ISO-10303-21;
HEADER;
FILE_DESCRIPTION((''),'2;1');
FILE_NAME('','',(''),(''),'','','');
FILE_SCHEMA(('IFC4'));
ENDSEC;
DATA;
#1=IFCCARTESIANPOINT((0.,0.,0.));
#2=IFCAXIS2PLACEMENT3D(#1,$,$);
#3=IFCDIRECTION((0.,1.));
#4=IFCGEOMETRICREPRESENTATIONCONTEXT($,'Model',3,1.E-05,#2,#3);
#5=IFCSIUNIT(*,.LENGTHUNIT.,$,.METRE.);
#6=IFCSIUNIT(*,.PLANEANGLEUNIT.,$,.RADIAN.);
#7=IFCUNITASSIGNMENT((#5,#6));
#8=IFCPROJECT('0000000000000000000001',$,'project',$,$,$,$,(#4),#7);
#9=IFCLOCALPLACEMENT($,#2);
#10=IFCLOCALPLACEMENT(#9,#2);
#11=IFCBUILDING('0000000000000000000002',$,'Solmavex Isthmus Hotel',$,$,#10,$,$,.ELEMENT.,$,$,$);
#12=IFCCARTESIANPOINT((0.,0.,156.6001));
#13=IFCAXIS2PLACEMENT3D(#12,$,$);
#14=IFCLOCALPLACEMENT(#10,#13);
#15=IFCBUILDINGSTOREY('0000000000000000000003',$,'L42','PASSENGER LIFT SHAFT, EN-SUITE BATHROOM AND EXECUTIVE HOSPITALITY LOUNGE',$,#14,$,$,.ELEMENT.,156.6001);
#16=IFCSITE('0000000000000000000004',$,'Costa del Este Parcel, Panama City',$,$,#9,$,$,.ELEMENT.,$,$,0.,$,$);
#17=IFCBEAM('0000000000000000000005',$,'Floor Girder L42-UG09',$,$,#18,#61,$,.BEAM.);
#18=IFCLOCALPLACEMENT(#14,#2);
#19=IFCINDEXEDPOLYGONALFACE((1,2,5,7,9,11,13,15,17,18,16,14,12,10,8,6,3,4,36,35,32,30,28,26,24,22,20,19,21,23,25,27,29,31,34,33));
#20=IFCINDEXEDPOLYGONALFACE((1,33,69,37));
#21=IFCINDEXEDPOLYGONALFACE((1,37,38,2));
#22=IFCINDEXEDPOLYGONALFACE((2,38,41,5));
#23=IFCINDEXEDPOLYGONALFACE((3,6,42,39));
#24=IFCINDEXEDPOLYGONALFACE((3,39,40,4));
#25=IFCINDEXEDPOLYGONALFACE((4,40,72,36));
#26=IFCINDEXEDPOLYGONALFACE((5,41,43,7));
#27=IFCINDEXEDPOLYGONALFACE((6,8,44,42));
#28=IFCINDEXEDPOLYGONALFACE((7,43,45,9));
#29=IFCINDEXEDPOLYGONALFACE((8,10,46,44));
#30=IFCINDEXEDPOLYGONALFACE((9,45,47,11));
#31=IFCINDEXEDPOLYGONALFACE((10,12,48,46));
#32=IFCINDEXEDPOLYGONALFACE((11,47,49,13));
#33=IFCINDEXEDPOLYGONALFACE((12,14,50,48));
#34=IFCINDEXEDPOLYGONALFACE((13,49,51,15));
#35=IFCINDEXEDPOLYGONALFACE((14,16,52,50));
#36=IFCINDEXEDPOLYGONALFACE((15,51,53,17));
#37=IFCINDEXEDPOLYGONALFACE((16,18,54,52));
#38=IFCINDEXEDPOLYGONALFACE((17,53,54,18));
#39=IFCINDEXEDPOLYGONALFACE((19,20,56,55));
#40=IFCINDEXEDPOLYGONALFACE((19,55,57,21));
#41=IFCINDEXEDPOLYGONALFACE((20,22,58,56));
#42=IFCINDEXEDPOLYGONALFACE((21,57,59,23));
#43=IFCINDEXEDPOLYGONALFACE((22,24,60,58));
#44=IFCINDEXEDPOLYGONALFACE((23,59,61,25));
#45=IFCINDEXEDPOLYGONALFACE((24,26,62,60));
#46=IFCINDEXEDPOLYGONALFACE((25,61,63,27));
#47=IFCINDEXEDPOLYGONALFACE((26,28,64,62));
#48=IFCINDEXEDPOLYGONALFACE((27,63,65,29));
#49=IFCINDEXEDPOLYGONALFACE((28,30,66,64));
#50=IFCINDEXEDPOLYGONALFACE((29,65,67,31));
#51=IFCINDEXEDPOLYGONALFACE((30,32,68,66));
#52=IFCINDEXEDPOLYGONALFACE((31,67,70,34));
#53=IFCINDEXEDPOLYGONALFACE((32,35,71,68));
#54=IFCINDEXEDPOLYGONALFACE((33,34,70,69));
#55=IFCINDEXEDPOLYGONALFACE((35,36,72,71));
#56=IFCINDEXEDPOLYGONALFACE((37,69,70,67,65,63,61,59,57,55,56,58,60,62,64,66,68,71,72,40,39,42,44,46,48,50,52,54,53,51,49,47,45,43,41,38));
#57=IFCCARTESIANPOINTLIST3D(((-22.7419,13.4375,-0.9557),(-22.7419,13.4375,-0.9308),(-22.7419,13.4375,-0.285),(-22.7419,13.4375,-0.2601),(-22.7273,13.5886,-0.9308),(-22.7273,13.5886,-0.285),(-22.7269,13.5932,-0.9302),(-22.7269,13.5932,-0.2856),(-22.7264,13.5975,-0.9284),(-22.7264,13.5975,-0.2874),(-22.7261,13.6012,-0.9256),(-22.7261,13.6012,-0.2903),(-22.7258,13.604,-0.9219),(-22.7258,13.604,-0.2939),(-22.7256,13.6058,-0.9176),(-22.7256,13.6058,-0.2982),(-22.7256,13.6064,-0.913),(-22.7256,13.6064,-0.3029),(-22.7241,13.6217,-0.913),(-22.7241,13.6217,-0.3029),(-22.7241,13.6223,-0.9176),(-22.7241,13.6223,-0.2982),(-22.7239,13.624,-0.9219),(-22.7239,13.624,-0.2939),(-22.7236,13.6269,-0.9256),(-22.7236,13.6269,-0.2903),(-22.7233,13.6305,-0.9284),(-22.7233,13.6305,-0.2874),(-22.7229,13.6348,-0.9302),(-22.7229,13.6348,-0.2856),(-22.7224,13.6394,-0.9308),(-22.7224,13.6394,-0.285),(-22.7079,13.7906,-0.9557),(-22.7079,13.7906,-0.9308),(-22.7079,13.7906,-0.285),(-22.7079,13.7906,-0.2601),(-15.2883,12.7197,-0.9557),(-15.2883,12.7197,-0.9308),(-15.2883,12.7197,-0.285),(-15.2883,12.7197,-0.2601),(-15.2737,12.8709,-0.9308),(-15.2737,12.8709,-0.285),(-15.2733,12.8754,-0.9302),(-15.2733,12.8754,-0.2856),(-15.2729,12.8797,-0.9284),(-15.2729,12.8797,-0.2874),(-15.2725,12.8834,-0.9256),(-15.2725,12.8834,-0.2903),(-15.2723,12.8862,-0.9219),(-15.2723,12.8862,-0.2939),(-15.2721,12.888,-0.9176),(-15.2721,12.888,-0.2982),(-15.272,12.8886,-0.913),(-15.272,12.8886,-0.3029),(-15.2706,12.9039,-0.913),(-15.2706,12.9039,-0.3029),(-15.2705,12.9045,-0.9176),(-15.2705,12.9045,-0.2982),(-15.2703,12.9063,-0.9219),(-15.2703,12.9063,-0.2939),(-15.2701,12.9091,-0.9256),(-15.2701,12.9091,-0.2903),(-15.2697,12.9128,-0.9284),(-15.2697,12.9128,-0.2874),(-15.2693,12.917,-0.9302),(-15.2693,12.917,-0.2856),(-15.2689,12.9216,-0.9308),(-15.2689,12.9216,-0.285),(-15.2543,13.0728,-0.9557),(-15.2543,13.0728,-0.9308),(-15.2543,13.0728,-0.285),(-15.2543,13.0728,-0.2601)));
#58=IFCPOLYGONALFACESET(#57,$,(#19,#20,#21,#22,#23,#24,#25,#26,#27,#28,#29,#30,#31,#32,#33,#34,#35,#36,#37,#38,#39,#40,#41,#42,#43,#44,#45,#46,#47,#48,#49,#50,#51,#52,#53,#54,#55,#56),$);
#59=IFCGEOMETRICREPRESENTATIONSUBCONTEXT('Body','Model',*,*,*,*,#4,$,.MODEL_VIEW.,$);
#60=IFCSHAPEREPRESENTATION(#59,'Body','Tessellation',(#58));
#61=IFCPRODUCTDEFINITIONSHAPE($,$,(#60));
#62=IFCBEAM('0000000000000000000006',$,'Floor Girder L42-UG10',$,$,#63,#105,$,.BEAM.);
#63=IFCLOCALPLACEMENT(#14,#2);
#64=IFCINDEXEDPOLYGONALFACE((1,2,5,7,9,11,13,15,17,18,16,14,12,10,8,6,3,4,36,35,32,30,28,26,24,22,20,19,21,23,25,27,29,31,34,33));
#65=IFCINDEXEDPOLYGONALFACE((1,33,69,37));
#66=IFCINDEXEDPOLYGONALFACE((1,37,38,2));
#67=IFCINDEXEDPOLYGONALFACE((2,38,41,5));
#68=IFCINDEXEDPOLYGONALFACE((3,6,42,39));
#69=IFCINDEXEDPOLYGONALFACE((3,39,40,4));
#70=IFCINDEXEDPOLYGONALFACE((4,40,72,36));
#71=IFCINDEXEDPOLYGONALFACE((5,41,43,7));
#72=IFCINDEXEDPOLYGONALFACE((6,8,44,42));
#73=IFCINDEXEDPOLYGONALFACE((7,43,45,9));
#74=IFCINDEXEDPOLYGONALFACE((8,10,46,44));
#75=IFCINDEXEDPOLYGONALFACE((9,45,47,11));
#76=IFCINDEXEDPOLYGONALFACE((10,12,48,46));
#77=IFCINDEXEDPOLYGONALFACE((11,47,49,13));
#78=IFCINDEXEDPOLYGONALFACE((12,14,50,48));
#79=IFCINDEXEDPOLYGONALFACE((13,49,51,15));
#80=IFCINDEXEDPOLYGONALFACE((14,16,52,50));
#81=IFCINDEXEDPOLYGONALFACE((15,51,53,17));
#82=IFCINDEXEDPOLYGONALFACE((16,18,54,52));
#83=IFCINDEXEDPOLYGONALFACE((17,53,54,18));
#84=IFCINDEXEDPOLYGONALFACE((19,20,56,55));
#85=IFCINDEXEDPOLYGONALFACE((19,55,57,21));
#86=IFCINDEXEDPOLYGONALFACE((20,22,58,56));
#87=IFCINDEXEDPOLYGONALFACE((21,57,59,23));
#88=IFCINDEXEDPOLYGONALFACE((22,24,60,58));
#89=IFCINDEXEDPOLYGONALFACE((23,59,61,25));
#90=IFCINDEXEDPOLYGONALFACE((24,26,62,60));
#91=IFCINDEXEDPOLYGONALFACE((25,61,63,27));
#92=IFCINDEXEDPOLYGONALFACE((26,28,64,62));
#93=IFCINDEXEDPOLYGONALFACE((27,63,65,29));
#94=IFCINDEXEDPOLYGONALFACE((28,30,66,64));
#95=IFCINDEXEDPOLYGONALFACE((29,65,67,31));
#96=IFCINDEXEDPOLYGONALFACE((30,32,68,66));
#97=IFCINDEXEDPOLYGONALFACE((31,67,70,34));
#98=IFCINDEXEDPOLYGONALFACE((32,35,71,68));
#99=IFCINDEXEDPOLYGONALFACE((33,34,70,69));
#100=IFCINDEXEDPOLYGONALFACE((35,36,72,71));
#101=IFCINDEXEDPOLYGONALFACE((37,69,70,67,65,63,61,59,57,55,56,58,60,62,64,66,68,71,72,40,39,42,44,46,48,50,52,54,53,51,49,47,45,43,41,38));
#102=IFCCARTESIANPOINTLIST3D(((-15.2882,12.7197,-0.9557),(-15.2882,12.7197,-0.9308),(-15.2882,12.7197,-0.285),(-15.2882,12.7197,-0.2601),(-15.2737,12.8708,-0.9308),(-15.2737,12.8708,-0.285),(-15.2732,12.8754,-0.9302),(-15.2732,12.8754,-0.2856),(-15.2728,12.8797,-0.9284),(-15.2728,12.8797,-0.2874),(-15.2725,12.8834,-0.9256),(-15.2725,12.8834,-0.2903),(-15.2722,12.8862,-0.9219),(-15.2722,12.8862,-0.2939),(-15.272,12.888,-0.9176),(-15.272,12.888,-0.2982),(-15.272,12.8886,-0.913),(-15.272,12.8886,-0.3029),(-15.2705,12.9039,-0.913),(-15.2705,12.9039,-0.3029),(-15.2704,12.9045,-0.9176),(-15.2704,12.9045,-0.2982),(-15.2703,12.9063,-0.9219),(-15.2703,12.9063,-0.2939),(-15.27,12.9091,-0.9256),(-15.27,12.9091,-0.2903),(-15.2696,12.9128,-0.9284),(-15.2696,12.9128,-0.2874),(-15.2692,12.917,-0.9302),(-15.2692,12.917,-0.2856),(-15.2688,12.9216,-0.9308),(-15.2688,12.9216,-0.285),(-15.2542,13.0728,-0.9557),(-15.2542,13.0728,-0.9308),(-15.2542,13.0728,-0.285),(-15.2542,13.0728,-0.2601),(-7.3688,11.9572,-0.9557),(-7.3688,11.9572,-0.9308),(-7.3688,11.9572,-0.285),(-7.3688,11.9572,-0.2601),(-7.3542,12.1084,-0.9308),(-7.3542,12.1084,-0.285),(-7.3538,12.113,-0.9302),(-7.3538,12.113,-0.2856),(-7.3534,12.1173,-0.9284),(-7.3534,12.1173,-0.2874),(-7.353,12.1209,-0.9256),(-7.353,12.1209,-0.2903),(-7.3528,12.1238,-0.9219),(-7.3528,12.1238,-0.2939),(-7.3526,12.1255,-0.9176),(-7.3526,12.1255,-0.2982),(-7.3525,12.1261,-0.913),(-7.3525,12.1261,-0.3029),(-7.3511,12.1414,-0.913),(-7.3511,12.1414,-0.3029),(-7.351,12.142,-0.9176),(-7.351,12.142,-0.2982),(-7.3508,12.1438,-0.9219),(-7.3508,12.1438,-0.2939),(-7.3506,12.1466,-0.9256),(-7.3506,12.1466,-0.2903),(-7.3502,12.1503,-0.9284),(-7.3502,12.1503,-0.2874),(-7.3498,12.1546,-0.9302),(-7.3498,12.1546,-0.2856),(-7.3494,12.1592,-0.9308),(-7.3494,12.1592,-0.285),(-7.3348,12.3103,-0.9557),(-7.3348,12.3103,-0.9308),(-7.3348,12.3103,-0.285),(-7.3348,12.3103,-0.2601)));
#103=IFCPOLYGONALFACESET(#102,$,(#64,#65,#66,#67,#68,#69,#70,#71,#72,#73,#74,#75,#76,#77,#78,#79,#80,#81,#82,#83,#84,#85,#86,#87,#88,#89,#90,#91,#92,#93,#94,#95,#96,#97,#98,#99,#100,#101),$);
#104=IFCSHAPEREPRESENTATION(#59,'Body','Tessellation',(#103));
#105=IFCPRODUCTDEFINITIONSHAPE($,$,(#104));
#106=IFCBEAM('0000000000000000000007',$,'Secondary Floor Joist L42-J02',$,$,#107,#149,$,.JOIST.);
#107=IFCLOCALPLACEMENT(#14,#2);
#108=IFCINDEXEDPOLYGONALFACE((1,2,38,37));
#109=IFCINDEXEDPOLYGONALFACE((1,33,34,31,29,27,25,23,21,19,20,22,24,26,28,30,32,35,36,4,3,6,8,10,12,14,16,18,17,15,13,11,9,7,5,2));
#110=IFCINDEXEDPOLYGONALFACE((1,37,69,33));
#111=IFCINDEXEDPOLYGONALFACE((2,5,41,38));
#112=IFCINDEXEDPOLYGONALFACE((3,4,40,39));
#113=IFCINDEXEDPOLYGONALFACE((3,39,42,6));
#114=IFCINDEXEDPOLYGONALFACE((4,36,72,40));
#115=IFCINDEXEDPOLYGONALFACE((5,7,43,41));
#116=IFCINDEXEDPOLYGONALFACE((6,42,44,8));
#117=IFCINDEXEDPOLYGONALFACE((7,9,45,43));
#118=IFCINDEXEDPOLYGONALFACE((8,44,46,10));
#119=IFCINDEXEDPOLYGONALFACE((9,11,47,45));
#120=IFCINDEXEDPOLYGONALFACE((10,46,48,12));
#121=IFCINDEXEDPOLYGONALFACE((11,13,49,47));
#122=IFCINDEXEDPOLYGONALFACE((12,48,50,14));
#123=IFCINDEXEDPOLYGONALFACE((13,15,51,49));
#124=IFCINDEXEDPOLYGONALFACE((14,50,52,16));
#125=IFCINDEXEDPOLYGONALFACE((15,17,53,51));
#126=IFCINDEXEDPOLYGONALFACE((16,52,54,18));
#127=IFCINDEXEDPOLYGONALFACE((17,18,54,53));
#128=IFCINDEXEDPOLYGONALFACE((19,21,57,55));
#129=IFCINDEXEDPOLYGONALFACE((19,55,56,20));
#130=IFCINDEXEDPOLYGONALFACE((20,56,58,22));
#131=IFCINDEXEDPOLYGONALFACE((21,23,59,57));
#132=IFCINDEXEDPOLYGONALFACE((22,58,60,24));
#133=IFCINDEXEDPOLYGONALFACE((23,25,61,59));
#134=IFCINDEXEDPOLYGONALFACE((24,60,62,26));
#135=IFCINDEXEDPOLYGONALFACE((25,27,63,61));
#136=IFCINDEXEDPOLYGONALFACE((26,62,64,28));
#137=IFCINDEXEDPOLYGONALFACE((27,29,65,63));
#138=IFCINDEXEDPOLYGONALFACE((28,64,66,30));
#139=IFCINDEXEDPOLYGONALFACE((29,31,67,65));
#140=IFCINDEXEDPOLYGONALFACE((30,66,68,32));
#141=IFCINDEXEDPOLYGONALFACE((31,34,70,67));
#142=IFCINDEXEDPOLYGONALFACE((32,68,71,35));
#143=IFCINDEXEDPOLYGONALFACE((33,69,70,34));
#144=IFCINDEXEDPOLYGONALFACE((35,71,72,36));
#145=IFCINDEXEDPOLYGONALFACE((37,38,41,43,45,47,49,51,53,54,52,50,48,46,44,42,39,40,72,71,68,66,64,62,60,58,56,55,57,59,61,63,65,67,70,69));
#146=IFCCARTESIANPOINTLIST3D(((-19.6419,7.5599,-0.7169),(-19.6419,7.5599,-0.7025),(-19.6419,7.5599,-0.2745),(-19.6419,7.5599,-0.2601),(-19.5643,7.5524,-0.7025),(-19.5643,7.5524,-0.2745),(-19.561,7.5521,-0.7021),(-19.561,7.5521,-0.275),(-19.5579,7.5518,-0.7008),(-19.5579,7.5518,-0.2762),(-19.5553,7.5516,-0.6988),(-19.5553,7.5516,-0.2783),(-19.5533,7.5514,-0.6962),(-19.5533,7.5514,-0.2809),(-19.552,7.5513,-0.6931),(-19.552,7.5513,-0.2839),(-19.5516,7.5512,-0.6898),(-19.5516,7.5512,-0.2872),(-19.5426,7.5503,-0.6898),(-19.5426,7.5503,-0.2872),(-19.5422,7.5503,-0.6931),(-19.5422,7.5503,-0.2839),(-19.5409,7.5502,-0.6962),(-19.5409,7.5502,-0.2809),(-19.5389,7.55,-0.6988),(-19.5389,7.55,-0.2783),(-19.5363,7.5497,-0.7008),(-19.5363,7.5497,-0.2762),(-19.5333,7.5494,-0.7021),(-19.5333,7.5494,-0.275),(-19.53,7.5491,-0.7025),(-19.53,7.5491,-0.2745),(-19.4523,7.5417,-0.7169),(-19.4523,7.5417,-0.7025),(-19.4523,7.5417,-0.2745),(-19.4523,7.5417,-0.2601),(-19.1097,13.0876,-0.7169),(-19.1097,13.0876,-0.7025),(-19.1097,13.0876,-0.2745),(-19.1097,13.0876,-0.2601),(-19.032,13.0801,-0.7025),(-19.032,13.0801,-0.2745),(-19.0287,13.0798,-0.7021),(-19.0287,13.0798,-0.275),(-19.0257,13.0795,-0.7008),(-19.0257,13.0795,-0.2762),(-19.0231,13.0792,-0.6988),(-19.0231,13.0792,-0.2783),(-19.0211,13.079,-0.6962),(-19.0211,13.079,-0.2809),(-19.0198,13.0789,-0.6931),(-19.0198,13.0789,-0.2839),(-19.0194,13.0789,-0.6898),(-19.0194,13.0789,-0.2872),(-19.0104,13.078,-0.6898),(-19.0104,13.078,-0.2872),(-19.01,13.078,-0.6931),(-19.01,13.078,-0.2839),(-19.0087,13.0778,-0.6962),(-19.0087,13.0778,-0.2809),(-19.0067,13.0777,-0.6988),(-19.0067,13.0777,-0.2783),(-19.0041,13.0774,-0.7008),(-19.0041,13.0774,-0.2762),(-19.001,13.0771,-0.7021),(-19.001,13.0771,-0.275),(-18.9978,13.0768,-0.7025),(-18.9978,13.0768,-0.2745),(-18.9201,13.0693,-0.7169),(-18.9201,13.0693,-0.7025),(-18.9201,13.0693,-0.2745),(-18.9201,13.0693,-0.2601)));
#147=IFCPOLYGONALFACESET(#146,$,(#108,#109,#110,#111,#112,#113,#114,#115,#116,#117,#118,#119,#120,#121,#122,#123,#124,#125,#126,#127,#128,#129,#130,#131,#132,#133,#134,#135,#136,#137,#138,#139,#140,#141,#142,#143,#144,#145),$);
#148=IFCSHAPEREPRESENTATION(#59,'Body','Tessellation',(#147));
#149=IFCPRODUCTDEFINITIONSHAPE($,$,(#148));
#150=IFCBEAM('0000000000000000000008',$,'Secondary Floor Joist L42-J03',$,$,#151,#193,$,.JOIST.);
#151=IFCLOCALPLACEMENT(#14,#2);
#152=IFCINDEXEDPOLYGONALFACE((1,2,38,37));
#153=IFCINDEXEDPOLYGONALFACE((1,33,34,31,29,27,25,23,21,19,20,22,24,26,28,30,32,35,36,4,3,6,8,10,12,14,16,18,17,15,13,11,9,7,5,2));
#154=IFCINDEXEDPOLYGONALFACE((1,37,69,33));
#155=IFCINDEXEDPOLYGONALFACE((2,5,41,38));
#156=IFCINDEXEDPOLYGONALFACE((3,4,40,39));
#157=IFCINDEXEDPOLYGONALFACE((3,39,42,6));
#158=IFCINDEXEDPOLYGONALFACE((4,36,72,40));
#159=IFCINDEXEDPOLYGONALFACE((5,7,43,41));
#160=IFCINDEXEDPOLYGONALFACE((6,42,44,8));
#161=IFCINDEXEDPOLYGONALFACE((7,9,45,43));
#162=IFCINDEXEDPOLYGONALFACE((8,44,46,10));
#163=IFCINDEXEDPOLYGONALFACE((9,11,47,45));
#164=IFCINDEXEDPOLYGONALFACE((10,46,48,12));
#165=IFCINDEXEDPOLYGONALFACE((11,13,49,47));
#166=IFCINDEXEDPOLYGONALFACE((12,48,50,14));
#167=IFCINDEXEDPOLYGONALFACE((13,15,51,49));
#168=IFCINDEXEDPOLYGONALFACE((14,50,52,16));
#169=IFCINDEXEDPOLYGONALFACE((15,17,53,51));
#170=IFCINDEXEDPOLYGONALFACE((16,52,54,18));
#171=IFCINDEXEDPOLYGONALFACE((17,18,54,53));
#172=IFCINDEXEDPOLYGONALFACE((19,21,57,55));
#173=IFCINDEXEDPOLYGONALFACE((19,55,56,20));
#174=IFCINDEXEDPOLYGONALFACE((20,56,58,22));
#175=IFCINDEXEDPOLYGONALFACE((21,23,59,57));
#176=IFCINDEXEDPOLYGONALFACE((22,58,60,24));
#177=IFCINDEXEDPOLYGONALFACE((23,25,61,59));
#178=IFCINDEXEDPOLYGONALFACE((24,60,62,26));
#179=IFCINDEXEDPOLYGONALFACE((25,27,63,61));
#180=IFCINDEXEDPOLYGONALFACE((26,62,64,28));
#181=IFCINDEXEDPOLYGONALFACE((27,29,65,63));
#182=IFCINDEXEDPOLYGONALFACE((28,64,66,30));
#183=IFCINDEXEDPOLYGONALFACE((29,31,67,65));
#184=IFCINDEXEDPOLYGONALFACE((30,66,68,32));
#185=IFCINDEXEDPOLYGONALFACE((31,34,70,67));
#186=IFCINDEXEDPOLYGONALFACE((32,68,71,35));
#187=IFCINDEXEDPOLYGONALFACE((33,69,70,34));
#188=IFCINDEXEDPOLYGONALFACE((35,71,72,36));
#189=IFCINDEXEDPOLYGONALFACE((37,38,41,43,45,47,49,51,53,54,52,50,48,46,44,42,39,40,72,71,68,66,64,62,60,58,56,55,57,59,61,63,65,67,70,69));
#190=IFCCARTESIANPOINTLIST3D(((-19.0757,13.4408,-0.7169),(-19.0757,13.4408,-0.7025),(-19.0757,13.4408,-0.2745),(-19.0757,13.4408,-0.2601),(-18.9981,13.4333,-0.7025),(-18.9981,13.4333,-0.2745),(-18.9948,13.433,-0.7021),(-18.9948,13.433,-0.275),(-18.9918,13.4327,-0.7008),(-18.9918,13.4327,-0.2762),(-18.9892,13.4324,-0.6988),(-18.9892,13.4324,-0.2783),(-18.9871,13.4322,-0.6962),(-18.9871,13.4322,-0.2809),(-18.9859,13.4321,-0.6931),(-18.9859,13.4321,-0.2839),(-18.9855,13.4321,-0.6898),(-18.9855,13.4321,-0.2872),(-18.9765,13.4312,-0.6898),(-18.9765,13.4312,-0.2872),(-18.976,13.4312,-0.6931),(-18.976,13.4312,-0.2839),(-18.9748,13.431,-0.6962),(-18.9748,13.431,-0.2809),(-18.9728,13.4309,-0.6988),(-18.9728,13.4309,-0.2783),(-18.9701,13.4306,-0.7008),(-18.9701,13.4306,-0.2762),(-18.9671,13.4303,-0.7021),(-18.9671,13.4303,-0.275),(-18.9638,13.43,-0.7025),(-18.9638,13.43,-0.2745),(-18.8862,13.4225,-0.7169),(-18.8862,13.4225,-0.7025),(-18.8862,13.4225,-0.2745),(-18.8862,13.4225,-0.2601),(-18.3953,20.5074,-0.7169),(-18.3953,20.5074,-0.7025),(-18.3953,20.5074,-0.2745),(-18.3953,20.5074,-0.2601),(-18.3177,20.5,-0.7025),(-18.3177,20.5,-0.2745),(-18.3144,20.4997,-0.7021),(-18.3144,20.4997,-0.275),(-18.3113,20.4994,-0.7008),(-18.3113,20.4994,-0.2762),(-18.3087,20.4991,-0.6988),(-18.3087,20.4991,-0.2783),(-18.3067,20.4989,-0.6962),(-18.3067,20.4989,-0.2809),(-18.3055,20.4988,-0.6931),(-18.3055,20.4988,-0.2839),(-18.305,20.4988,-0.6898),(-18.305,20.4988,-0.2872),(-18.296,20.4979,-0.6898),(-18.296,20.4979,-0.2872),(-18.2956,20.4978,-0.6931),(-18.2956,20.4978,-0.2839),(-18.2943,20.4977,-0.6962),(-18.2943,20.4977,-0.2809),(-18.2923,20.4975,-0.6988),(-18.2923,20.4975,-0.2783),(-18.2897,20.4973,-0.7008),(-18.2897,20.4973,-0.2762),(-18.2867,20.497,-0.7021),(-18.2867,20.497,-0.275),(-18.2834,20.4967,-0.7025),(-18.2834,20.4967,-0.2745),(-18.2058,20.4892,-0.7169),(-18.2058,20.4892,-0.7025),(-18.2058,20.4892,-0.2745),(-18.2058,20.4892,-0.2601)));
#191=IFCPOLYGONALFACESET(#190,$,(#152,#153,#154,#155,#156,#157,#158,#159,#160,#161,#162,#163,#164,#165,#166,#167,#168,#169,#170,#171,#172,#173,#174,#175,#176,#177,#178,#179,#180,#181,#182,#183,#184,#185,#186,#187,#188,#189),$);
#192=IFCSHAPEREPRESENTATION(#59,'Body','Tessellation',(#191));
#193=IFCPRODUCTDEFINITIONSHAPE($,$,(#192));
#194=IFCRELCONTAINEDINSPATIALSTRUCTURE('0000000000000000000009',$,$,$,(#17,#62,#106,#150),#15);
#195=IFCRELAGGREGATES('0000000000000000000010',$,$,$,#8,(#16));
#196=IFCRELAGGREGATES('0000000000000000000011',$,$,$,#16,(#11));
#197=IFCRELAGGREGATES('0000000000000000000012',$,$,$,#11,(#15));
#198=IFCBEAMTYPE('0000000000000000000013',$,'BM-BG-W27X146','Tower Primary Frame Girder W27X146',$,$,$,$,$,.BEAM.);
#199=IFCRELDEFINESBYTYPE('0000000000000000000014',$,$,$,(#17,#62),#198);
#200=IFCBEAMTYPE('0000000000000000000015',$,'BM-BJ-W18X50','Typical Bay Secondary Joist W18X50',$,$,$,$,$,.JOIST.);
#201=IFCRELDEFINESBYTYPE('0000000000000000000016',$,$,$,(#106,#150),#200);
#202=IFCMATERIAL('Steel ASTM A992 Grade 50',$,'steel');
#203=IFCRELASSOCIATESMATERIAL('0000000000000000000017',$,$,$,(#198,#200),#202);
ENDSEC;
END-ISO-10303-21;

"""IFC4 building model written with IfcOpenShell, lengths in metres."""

from ifc_helpers import new_model, si_unit, direction, frame, origin, origin_2d, place, context, subcontext, project, spatial, i_section, extrude, material, material_profile, profile_set, type_object, element, save


model = new_model("IFC4")

# Units and contexts
model_context = context("Model", 3, precision=1e-05, world=origin(), true_north=direction((0.0, 1.0)))
body_context = subcontext(model_context, "Body", "Model", "MODEL_VIEW")
ifc_project = project(units=[si_unit("LENGTHUNIT", "METRE"), si_unit("PLANEANGLEUNIT", "RADIAN")], contexts=[model_context])

# Site, building, storey
site_placement = place(None, origin())
site = spatial("IfcSite", under=ifc_project, at=site_placement, Name="Costa del Este Parcel, Panama City", CompositionType="ELEMENT", RefElevation=0.0)
building_placement = place(site_placement, origin())
building = spatial("IfcBuilding", under=site, at=building_placement, Name="Solmavex Isthmus Hotel", CompositionType="ELEMENT")
storey_placement = place(building_placement, frame((0.0, 0.0, 156.6001)))
storey = spatial("IfcBuildingStorey", under=building, at=storey_placement, Name="L42", Description="PASSENGER LIFT SHAFT, EN-SUITE BATHROOM AND EXECUTIVE HOSPITALITY LOUNGE", CompositionType="ELEMENT", Elevation=156.6001)

# Beams
ifc_material_1 = material(Name="Steel ASTM A992 Grade 50", Category="steel")
ifc_material_profile_1 = material_profile(ifc_material_1, i_section(OverallWidth=0.3547, OverallDepth=0.6956, WebThickness=0.0154, FlangeThickness=0.0249, FilletRadius=0.0178, at=origin_2d()), Name="W27X146")
ifc_profile_set_1 = profile_set([ifc_material_profile_1], Name="Steel ASTM A992 Grade 50")
beam_type_1 = type_object("IfcBeamType", Name="BM-BG-W27X146", Description="Tower Primary Frame Girder W27X146", PredefinedType="BEAM", material=ifc_profile_set_1)
for number, where, z_axis, x_axis, name in (
    (1, (-22.7249, 13.614, -0.6079), (0.995395, -0.095855, 0.0), (0.095855, 0.995395, 0.0), "Floor Girder L42-UG09"),
):
    element("IfcBeam", number, at=place(storey_placement, frame(where, z_axis=z_axis, x_axis=x_axis)), inside=storey, type_object=beam_type_1, Name=name, PredefinedType="BEAM", context=body_context, shape_type="SweptSolid", body=[
        extrude(i_section(OverallWidth=0.3547, OverallDepth=0.6956, WebThickness=0.0154, FlangeThickness=0.0249, FilletRadius=0.0178, at=origin_2d()), origin(), (0.0, 0.0, 1.0), 7.488),
    ])
beam_1_placement = place(storey_placement, frame((-15.2712, 12.8962, -0.6079), z_axis=(0.995397, -0.095833, 0.0), x_axis=(0.095833, 0.995397, 0.0)))
element("IfcBeam", 2, at=beam_1_placement, inside=storey, type_object=beam_type_1, Name="Floor Girder L42-UG10", PredefinedType="BEAM", context=body_context, shape_type="SweptSolid", body=[
    extrude(i_section(OverallWidth=0.3547, OverallDepth=0.6956, WebThickness=0.0154, FlangeThickness=0.0249, FilletRadius=0.0178, at=origin_2d()), origin(), (0.0, 0.0, 1.0), 7.9561),
])
ifc_material_profile_2 = material_profile(ifc_material_1, i_section(OverallWidth=0.1904, OverallDepth=0.4568, WebThickness=0.009, FlangeThickness=0.0144, FilletRadius=0.0127, at=origin_2d()), Name="W18X50")
ifc_profile_set_2 = profile_set([ifc_material_profile_2], Name="Steel ASTM A992 Grade 50")
beam_type_2 = type_object("IfcBeamType", Name="BM-BJ-W18X50", Description="Typical Bay Secondary Joist W18X50", PredefinedType="JOIST", material=ifc_profile_set_2)
beam_2_placement = place(storey_placement, frame((-19.5471, 7.5508, -0.4885), z_axis=(0.095842, 0.995397, 0.0), x_axis=(-0.995397, 0.095842, 0.0)))
element("IfcBeam", 3, at=beam_2_placement, inside=storey, type_object=beam_type_2, Name="Secondary Floor Joist L42-J02", PredefinedType="JOIST", context=body_context, shape_type="SweptSolid", body=[
    extrude(i_section(OverallWidth=0.1904, OverallDepth=0.4568, WebThickness=0.009, FlangeThickness=0.0144, FilletRadius=0.0127, at=origin_2d()), origin(), (0.0, 0.0, 1.0), 5.5532),
])
beam_3_placement = place(storey_placement, frame((-18.981, 13.4316, -0.4885), z_axis=(0.095843, 0.995396, 0.0), x_axis=(-0.995396, 0.095843, 0.0)))
element("IfcBeam", 4, at=beam_3_placement, inside=storey, type_object=beam_type_2, Name="Secondary Floor Joist L42-J03", PredefinedType="JOIST", context=body_context, shape_type="SweptSolid", body=[
    extrude(i_section(OverallWidth=0.1904, OverallDepth=0.4568, WebThickness=0.009, FlangeThickness=0.0144, FilletRadius=0.0127, at=origin_2d()), origin(), (0.0, 0.0, 1.0), 7.0994),
])

save(model, "model.ifc")
